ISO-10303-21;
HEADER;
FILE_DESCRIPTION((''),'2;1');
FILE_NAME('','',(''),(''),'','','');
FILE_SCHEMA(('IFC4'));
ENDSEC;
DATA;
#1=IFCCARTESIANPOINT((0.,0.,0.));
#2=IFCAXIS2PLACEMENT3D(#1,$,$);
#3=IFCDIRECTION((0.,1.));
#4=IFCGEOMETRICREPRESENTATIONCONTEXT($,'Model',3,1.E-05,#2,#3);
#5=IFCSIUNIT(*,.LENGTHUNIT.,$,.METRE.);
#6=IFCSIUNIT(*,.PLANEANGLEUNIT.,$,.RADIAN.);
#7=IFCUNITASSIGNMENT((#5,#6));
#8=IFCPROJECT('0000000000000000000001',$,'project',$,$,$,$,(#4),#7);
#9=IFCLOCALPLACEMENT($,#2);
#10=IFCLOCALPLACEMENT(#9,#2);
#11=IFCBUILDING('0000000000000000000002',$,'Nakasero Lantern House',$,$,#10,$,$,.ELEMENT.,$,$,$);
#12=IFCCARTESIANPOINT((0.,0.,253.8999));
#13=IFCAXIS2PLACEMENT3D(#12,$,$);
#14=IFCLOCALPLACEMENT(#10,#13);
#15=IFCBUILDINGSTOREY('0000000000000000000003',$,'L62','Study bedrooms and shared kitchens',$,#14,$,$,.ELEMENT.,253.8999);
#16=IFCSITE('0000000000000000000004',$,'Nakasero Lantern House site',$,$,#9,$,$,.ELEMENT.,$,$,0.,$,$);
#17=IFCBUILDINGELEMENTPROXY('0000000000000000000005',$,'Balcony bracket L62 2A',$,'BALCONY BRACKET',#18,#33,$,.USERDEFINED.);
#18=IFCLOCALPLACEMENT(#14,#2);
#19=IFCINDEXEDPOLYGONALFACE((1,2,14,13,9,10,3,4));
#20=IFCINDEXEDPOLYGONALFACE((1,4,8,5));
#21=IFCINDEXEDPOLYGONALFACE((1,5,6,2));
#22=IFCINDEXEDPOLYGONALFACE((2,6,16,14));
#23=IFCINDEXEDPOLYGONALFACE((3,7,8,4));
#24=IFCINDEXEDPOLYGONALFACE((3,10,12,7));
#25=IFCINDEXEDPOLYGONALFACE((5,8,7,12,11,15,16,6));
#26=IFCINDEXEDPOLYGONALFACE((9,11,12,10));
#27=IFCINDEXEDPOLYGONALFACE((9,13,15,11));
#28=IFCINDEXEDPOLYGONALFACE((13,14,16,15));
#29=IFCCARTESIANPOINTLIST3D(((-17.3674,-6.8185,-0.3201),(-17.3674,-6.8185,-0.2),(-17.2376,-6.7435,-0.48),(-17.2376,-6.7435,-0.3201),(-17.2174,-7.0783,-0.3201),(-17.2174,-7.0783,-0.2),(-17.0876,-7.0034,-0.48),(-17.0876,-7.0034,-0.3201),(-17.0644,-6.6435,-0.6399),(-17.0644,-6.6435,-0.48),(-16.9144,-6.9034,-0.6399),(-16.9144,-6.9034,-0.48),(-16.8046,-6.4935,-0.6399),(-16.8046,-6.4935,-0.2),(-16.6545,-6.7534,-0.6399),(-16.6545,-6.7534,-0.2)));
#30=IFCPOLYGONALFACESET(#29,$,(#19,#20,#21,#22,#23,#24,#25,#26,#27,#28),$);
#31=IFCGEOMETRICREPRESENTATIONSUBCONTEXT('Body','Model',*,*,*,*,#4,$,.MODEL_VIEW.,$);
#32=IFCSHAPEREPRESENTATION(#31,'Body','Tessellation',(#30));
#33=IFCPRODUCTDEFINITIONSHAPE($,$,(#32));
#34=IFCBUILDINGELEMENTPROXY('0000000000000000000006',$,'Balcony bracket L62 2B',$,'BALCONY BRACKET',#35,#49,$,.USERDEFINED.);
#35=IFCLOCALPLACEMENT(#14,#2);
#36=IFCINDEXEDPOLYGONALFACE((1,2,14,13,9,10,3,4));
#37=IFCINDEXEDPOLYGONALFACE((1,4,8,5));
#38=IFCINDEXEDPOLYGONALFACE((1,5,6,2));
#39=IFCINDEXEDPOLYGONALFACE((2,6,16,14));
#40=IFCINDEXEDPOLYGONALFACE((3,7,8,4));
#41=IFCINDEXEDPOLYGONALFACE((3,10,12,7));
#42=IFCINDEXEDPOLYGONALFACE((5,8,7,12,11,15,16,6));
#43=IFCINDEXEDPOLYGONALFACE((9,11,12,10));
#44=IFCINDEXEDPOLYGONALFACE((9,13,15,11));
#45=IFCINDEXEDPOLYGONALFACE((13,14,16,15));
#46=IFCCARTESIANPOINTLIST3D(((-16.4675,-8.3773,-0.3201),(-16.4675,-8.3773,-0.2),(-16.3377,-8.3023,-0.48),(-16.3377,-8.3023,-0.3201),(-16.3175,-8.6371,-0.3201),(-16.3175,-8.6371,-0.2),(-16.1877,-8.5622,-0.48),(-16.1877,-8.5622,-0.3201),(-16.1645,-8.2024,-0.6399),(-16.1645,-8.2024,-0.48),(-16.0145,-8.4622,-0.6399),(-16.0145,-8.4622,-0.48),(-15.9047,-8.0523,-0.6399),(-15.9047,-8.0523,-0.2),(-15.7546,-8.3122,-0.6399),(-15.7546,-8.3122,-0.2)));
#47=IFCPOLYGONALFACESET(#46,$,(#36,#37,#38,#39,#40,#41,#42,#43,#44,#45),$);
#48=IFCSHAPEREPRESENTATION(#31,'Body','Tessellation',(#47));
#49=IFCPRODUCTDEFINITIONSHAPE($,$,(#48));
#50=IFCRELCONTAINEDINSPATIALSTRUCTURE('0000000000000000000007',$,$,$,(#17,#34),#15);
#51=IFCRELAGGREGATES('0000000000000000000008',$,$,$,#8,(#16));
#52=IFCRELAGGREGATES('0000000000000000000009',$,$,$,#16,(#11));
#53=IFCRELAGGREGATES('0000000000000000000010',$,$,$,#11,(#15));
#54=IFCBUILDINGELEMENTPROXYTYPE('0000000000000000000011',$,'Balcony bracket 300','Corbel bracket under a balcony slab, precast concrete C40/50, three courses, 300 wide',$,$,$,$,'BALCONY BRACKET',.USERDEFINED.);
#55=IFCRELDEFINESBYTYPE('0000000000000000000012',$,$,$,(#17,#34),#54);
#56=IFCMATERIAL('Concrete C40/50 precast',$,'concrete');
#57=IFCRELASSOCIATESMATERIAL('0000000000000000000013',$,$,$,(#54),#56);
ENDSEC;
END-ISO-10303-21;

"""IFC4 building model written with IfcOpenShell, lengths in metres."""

from ifc_helpers import new_model, si_unit, direction, frame, origin, place, context, subcontext, project, spatial, polyline, outline, extrude, material, type_object, element, save


model = new_model("IFC4")

# Units and contexts
model_context = context("Model", 3, precision=1e-05, world=origin(), true_north=direction((0.0, 1.0)))
body_context = subcontext(model_context, "Body", "Model", "MODEL_VIEW")
ifc_project = project(units=[si_unit("LENGTHUNIT", "METRE"), si_unit("PLANEANGLEUNIT", "RADIAN")], contexts=[model_context])

# Site, building, storey
site_placement = place(None, origin())
site = spatial("IfcSite", under=ifc_project, at=site_placement, Name="Nakasero Lantern House site", CompositionType="ELEMENT", RefElevation=0.0)
building_placement = place(site_placement, origin())
building = spatial("IfcBuilding", under=site, at=building_placement, Name="Nakasero Lantern House", CompositionType="ELEMENT")
storey_placement = place(building_placement, frame((0.0, 0.0, 253.8999)))
storey = spatial("IfcBuildingStorey", under=building, at=storey_placement, Name="L62", Description="Study bedrooms and shared kitchens", CompositionType="ELEMENT", Elevation=253.8999)

# Building element proxies
ifc_material_1 = material(Name="Concrete C40/50 precast", Category="concrete")
building_element_proxy_type = type_object("IfcBuildingElementProxyType", Name="Balcony bracket 300", Description="Corbel bracket under a balcony slab, precast concrete C40/50, three courses, 300 wide", ElementType="BALCONY BRACKET", PredefinedType="USERDEFINED", material=ifc_material_1)
for number, where, z_axis, x_axis, name in (
    (1, (-16.7295, -6.6235, -0.2), (0.0, 0.0, 1.0), (-0.866025, -0.5, 0.0), "Balcony bracket L62 2A"),
    (2, (-15.8296, -8.1824, -0.2), (0.0, 0.0, 1.0), (-0.866025, -0.5, 0.0), "Balcony bracket L62 2B"),
):
    element("IfcBuildingElementProxy", number, at=place(storey_placement, frame(where, z_axis=z_axis, x_axis=x_axis)), inside=storey, type_object=building_element_proxy_type, Name=name, ObjectType="BALCONY BRACKET", PredefinedType="USERDEFINED", context=body_context, shape_type="SweptSolid", body=[
        extrude(outline(polyline([(0.0, 0.0), (0.6499, 0.0), (0.6499, -0.1201), (0.5, -0.1201), (0.5, -0.28), (0.3, -0.28), (0.3, -0.4399), (0.0, -0.4399), (0.0, 0.0)])), frame((0.0, 0.1499, 0.0), z_axis=(0.0, -1.0, 0.0), x_axis=(1.0, 0.0, 0.0)), (0.0, 0.0, 1.0), 0.3),
    ])

save(model, "model.ifc")
